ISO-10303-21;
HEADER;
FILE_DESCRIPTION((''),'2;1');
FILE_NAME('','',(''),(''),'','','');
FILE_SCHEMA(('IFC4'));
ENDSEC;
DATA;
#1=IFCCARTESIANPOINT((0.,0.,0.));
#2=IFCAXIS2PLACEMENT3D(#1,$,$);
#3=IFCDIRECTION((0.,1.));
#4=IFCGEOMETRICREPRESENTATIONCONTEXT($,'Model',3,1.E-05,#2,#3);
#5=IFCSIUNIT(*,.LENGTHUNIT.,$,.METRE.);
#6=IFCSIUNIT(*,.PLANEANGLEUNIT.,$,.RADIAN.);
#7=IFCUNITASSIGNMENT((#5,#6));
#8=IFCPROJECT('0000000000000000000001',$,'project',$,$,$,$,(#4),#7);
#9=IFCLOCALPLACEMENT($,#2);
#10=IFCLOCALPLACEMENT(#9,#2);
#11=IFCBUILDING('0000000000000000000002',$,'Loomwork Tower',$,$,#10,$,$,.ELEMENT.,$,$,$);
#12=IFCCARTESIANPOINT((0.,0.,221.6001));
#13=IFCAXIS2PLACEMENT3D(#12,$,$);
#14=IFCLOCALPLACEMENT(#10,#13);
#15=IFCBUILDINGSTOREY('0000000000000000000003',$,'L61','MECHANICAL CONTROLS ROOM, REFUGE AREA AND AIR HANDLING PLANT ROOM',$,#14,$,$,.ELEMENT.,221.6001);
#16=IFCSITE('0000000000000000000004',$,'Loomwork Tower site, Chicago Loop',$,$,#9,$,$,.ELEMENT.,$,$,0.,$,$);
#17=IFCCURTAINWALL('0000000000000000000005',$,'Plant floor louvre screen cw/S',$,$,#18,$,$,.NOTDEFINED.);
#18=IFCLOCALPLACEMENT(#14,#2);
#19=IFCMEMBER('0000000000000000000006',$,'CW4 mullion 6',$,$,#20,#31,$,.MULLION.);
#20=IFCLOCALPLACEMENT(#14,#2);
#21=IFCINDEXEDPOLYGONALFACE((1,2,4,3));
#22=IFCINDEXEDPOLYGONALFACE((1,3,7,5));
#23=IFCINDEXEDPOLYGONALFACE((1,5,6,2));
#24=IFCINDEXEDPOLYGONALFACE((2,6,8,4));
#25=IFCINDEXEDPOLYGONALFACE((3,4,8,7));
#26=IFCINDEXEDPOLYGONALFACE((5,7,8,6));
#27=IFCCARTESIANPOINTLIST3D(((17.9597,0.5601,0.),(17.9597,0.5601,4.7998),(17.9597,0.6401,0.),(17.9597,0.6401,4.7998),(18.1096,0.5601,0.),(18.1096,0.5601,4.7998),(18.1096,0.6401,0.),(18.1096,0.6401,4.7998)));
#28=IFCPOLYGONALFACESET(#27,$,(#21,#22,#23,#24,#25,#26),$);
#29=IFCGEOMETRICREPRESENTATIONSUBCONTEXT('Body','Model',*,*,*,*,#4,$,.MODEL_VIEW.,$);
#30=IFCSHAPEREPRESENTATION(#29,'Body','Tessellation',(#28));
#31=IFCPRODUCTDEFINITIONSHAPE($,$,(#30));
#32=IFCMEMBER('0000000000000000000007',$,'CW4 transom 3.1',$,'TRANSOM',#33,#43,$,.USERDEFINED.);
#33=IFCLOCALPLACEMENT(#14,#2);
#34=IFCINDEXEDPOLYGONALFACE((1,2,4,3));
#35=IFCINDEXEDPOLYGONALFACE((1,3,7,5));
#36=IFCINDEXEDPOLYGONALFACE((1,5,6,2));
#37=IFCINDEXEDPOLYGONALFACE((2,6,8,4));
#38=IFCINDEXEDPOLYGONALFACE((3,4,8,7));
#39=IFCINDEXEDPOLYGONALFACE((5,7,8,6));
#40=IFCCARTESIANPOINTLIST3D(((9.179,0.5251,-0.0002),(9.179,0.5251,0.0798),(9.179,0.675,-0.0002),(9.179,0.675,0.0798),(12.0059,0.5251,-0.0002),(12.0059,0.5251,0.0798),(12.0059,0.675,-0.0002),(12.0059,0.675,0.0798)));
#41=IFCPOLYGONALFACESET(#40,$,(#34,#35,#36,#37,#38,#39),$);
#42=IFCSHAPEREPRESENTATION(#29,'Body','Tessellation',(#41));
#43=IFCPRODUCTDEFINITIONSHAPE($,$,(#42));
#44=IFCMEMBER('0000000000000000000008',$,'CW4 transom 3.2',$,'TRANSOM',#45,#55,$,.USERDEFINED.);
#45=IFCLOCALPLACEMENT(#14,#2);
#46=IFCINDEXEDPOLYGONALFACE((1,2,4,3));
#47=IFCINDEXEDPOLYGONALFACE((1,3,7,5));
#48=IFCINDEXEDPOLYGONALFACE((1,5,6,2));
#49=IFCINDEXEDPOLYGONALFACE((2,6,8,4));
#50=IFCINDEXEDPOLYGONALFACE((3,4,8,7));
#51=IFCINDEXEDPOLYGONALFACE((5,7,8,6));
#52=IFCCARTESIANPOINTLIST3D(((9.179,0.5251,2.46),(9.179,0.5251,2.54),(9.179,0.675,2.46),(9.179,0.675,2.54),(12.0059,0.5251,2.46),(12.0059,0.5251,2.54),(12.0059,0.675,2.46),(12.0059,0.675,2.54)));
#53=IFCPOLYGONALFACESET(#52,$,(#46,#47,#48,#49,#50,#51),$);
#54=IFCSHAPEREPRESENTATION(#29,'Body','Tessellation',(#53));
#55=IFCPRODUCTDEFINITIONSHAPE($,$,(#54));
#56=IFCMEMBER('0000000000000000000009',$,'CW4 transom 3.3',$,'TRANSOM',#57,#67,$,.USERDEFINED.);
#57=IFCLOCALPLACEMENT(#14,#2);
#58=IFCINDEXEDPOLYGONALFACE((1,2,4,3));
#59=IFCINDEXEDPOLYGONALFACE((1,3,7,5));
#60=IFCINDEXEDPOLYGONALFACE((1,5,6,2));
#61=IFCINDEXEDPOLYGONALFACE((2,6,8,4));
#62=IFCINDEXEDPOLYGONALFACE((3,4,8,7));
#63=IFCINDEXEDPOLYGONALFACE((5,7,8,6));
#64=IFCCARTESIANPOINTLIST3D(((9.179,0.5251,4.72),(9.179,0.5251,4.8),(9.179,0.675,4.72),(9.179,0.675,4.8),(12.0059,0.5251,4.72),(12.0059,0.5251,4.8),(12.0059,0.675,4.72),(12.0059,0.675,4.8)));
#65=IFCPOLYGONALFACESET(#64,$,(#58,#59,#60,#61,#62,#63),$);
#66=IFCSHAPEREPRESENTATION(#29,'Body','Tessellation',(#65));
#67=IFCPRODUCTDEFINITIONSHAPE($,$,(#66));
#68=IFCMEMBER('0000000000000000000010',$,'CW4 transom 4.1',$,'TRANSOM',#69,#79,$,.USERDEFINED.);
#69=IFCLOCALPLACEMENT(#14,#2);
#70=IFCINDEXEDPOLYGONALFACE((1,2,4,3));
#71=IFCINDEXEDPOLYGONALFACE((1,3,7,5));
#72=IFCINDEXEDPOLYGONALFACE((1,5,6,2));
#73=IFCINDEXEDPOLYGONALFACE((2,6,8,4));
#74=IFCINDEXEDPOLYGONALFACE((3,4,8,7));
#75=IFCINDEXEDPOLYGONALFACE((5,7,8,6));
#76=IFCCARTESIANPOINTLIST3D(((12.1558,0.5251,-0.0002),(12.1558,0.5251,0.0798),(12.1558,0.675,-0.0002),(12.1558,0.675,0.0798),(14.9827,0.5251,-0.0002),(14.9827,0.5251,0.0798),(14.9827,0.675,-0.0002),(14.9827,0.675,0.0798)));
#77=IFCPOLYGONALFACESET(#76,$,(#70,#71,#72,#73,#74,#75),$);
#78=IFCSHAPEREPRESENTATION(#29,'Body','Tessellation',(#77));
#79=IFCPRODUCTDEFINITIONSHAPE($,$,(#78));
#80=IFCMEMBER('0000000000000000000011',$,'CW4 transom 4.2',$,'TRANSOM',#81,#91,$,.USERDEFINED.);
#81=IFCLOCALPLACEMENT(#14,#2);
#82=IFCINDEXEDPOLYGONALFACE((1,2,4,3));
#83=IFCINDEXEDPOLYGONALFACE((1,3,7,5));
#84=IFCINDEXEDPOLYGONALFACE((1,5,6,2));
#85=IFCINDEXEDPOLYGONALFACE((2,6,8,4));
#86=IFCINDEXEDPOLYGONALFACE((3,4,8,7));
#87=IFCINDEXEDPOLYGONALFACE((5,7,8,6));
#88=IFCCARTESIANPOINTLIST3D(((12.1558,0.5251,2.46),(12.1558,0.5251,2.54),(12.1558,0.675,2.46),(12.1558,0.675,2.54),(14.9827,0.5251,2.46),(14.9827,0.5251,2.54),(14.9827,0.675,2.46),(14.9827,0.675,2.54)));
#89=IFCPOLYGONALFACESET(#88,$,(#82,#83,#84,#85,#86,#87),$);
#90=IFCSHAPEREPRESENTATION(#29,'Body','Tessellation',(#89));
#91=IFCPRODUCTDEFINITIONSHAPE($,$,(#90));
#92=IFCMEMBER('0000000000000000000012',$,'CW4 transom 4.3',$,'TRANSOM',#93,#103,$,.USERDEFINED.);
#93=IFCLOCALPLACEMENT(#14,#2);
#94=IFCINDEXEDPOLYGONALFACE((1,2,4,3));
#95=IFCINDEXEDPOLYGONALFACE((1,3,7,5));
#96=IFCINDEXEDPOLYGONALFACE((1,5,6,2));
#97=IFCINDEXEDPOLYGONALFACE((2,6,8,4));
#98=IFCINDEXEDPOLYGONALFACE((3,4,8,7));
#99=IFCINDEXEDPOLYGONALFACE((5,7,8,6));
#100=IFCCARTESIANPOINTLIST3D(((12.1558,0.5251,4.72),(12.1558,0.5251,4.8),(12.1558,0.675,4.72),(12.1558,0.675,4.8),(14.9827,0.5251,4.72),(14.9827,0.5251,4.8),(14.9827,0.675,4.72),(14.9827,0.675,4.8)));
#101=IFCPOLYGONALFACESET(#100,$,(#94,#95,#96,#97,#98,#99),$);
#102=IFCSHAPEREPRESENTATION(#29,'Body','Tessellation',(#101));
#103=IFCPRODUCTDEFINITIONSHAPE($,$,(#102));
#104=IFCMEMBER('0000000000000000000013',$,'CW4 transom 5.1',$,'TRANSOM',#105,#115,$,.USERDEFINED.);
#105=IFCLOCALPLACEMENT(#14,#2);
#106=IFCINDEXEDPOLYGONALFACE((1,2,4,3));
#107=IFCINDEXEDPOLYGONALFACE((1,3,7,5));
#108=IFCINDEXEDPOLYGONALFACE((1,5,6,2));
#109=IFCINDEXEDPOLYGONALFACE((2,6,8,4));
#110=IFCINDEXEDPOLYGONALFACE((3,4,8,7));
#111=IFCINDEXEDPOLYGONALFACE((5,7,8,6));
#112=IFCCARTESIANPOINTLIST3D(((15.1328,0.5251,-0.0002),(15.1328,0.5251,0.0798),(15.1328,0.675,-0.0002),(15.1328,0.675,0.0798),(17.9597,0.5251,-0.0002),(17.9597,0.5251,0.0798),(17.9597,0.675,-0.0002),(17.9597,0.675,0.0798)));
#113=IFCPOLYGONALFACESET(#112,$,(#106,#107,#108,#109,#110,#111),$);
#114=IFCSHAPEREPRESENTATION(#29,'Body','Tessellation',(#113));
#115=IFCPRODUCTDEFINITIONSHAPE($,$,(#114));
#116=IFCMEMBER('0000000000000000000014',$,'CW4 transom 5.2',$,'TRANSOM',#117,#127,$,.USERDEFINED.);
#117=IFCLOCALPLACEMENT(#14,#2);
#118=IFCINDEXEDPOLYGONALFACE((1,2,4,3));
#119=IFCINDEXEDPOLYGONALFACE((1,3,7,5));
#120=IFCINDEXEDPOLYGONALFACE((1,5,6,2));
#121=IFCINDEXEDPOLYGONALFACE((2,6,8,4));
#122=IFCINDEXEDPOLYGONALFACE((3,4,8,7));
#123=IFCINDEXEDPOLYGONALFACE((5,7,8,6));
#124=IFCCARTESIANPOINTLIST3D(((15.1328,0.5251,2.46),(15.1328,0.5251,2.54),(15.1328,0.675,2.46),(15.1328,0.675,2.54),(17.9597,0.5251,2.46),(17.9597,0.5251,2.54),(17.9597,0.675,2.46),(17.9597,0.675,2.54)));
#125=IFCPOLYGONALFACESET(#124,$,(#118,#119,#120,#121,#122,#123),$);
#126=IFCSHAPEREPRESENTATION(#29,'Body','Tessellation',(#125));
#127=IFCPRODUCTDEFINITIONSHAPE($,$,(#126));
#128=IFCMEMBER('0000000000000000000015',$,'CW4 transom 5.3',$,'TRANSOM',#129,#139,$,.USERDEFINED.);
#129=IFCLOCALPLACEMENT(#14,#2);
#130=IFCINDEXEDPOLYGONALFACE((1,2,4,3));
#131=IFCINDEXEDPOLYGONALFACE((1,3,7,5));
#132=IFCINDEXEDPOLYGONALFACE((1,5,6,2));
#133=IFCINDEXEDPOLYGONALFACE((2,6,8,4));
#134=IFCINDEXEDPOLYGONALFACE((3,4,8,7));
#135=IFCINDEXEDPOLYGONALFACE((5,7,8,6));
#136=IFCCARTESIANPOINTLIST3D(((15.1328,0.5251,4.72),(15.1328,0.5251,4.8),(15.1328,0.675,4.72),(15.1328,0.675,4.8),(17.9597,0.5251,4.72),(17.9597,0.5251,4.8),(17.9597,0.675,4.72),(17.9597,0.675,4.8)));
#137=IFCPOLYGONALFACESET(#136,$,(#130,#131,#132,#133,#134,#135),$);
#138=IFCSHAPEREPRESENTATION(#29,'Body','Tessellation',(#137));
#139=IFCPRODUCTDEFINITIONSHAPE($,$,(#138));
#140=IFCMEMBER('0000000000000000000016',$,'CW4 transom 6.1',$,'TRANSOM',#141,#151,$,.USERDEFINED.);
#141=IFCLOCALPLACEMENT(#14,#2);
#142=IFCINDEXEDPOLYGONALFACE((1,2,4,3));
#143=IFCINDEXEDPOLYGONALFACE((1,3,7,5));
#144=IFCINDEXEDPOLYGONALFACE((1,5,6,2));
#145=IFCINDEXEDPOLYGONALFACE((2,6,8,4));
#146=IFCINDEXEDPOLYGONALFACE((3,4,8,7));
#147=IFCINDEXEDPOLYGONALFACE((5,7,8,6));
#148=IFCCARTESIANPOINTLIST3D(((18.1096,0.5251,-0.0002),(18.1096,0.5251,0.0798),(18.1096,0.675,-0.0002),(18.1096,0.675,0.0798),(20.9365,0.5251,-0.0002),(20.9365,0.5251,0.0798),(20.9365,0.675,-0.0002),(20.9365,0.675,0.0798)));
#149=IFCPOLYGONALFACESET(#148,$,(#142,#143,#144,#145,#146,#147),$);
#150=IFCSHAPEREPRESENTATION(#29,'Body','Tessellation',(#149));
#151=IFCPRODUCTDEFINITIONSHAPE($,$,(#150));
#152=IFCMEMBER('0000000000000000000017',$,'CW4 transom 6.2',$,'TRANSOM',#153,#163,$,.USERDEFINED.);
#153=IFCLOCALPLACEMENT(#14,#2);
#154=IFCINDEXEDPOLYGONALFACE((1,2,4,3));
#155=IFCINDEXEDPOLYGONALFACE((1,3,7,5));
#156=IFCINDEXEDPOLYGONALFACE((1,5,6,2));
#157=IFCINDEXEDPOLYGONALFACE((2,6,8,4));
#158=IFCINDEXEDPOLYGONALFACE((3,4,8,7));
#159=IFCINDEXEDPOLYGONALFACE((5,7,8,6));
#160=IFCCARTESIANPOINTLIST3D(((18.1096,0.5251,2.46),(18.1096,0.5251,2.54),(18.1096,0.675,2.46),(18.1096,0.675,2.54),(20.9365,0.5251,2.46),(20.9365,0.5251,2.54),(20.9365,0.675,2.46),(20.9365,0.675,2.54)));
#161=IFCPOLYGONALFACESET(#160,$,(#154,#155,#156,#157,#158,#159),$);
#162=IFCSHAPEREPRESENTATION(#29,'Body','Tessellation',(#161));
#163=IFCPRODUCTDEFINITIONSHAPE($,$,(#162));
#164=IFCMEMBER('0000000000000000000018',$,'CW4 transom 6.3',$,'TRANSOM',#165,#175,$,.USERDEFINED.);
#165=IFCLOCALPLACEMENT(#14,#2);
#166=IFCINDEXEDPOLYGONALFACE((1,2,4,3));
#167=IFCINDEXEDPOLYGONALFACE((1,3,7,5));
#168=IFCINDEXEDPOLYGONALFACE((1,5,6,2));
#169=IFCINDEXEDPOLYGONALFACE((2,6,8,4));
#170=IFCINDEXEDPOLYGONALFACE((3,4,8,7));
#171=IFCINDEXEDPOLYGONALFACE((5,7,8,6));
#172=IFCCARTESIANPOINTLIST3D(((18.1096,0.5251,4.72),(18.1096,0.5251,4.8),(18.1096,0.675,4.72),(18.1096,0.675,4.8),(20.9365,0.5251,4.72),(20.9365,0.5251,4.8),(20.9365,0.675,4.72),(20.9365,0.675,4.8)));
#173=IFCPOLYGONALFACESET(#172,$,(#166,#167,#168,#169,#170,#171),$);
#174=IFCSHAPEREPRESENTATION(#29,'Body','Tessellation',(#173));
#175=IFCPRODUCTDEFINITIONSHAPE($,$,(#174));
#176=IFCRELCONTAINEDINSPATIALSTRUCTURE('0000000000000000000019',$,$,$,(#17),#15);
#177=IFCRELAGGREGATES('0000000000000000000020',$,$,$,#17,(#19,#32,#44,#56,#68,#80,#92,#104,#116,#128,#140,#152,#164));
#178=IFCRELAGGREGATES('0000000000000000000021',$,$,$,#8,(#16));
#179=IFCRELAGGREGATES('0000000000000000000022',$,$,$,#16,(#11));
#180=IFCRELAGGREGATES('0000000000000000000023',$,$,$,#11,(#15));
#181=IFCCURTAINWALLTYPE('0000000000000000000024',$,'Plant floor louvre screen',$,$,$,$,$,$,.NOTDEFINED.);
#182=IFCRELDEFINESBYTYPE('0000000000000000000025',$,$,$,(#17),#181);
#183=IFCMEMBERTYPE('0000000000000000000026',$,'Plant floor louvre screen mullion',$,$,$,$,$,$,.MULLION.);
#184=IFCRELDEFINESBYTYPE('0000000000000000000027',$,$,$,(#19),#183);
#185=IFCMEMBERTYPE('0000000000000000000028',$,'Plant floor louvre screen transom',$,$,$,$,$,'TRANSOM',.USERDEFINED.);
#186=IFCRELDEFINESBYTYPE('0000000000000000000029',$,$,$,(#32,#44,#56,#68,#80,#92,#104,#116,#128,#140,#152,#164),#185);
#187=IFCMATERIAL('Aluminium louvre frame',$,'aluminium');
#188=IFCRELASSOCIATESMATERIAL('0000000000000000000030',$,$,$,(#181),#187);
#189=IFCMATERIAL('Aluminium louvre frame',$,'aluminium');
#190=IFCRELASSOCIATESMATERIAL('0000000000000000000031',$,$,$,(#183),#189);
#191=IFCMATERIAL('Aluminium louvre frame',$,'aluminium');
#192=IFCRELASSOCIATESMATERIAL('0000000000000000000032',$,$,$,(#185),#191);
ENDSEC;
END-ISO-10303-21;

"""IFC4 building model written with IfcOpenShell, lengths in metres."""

from ifc_helpers import new_model, si_unit, direction, frame, origin, origin_2d, place, context, subcontext, project, spatial, rectangle, extrude, material, material_profile, profile_set, type_object, element, aggregate, save


model = new_model("IFC4")

# Units and contexts
model_context = context("Model", 3, precision=1e-05, world=origin(), true_north=direction((0.0, 1.0)))
body_context = subcontext(model_context, "Body", "Model", "MODEL_VIEW")
ifc_project = project(units=[si_unit("LENGTHUNIT", "METRE"), si_unit("PLANEANGLEUNIT", "RADIAN")], contexts=[model_context])

# Site, building, storey
site_placement = place(None, origin())
site = spatial("IfcSite", under=ifc_project, at=site_placement, Name="Loomwork Tower site, Chicago Loop", CompositionType="ELEMENT", RefElevation=0.0)
building_placement = place(site_placement, origin())
building = spatial("IfcBuilding", under=site, at=building_placement, Name="Loomwork Tower", CompositionType="ELEMENT")
storey_placement = place(building_placement, frame((0.0, 0.0, 221.6001)))
storey = spatial("IfcBuildingStorey", under=building, at=storey_placement, Name="L61", Description="MECHANICAL CONTROLS ROOM, REFUGE AREA AND AIR HANDLING PLANT ROOM", CompositionType="ELEMENT", Elevation=221.6001)

# Curtain wall, members
ifc_material_1 = material(Name="Aluminium louvre frame", Category="aluminium")
curtain_wall_type = type_object("IfcCurtainWallType", Name="Plant floor louvre screen", PredefinedType="NOTDEFINED", material=ifc_material_1)
curtain_wall_placement = place(storey_placement, origin())
curtain_wall = element("IfcCurtainWall", 1, at=curtain_wall_placement, inside=storey, type_object=curtain_wall_type, Name="Plant floor louvre screen cw/S", PredefinedType="NOTDEFINED")
ifc_material_2 = material(Name="Aluminium louvre frame", Category="aluminium")
ifc_material_profile_1 = material_profile(ifc_material_2, rectangle(XDim=0.0801, YDim=0.1499, at=origin_2d()), Name="AL 80x150")
ifc_profile_set_1 = profile_set([ifc_material_profile_1], Name="Aluminium louvre frame")
member_type_1 = type_object("IfcMemberType", Name="Plant floor louvre screen mullion", PredefinedType="MULLION", material=ifc_profile_set_1)
member_1_placement = place(storey_placement, frame((18.0347, 0.6001, 0.0), z_axis=(0.0, 0.0, 1.0), x_axis=(0.0, 1.0, 0.0)))
member_1 = element("IfcMember", 2, at=member_1_placement, type_object=member_type_1, Name="CW4 mullion 6", PredefinedType="MULLION", context=body_context, shape_type="SweptSolid", body=[
    extrude(rectangle(XDim=0.0801, YDim=0.1499, at=origin_2d()), origin(), (0.0, 0.0, 1.0), 4.7998),
])
ifc_material_3 = material(Name="Aluminium louvre frame", Category="aluminium")
ifc_material_profile_2 = material_profile(ifc_material_3, rectangle(XDim=0.1499, YDim=0.0801, at=origin_2d()), Name="AL 80x150")
ifc_profile_set_2 = profile_set([ifc_material_profile_2], Name="Aluminium louvre frame")
member_type_2 = type_object("IfcMemberType", Name="Plant floor louvre screen transom", ElementType="TRANSOM", PredefinedType="USERDEFINED", material=ifc_profile_set_2)
member_2_placement = place(storey_placement, frame((9.179, 0.6001, 0.0398), z_axis=(1.0, 0.0, 0.0), x_axis=(0.0, 1.0, 0.0)))
member_2 = element("IfcMember", 3, at=member_2_placement, type_object=member_type_2, Name="CW4 transom 3.1", ObjectType="TRANSOM", PredefinedType="USERDEFINED", context=body_context, shape_type="SweptSolid", body=[
    extrude(rectangle(XDim=0.1499, YDim=0.0801, at=origin_2d()), origin(), (0.0, 0.0, 1.0), 2.8269),
])
member_3_placement = place(storey_placement, frame((9.179, 0.6001, 2.5), z_axis=(1.0, 0.0, 0.0), x_axis=(0.0, 1.0, 0.0)))
member_3 = element("IfcMember", 4, at=member_3_placement, type_object=member_type_2, Name="CW4 transom 3.2", ObjectType="TRANSOM", PredefinedType="USERDEFINED", context=body_context, shape_type="SweptSolid", body=[
    extrude(rectangle(XDim=0.1499, YDim=0.0801, at=origin_2d()), origin(), (0.0, 0.0, 1.0), 2.8269),
])
member_4_placement = place(storey_placement, frame((9.179, 0.6001, 4.76), z_axis=(1.0, 0.0, 0.0), x_axis=(0.0, 1.0, 0.0)))
member_4 = element("IfcMember", 5, at=member_4_placement, type_object=member_type_2, Name="CW4 transom 3.3", ObjectType="TRANSOM", PredefinedType="USERDEFINED", context=body_context, shape_type="SweptSolid", body=[
    extrude(rectangle(XDim=0.1499, YDim=0.0801, at=origin_2d()), origin(), (0.0, 0.0, 1.0), 2.8269),
])
member_5_placement = place(storey_placement, frame((12.1558, 0.6001, 0.0398), z_axis=(1.0, 0.0, 0.0), x_axis=(0.0, 1.0, 0.0)))
member_5 = element("IfcMember", 6, at=member_5_placement, type_object=member_type_2, Name="CW4 transom 4.1", ObjectType="TRANSOM", PredefinedType="USERDEFINED", context=body_context, shape_type="SweptSolid", body=[
    extrude(rectangle(XDim=0.1499, YDim=0.0801, at=origin_2d()), origin(), (0.0, 0.0, 1.0), 2.8269),
])
member_6_placement = place(storey_placement, frame((12.1558, 0.6001, 2.5), z_axis=(1.0, 0.0, 0.0), x_axis=(0.0, 1.0, 0.0)))
member_6 = element("IfcMember", 7, at=member_6_placement, type_object=member_type_2, Name="CW4 transom 4.2", ObjectType="TRANSOM", PredefinedType="USERDEFINED", context=body_context, shape_type="SweptSolid", body=[
    extrude(rectangle(XDim=0.1499, YDim=0.0801, at=origin_2d()), origin(), (0.0, 0.0, 1.0), 2.8269),
])
member_7_placement = place(storey_placement, frame((12.1558, 0.6001, 4.76), z_axis=(1.0, 0.0, 0.0), x_axis=(0.0, 1.0, 0.0)))
member_7 = element("IfcMember", 8, at=member_7_placement, type_object=member_type_2, Name="CW4 transom 4.3", ObjectType="TRANSOM", PredefinedType="USERDEFINED", context=body_context, shape_type="SweptSolid", body=[
    extrude(rectangle(XDim=0.1499, YDim=0.0801, at=origin_2d()), origin(), (0.0, 0.0, 1.0), 2.8269),
])
member_8_placement = place(storey_placement, frame((15.1328, 0.6001, 0.0398), z_axis=(1.0, 0.0, 0.0), x_axis=(0.0, 1.0, 0.0)))
member_8 = element("IfcMember", 9, at=member_8_placement, type_object=member_type_2, Name="CW4 transom 5.1", ObjectType="TRANSOM", PredefinedType="USERDEFINED", context=body_context, shape_type="SweptSolid", body=[
    extrude(rectangle(XDim=0.1499, YDim=0.0801, at=origin_2d()), origin(), (0.0, 0.0, 1.0), 2.8269),
])
member_9_placement = place(storey_placement, frame((15.1328, 0.6001, 2.5), z_axis=(1.0, 0.0, 0.0), x_axis=(0.0, 1.0, 0.0)))
member_9 = element("IfcMember", 10, at=member_9_placement, type_object=member_type_2, Name="CW4 transom 5.2", ObjectType="TRANSOM", PredefinedType="USERDEFINED", context=body_context, shape_type="SweptSolid", body=[
    extrude(rectangle(XDim=0.1499, YDim=0.0801, at=origin_2d()), origin(), (0.0, 0.0, 1.0), 2.8269),
])
member_10_placement = place(storey_placement, frame((15.1328, 0.6001, 4.76), z_axis=(1.0, 0.0, 0.0), x_axis=(0.0, 1.0, 0.0)))
member_10 = element("IfcMember", 11, at=member_10_placement, type_object=member_type_2, Name="CW4 transom 5.3", ObjectType="TRANSOM", PredefinedType="USERDEFINED", context=body_context, shape_type="SweptSolid", body=[
    extrude(rectangle(XDim=0.1499, YDim=0.0801, at=origin_2d()), origin(), (0.0, 0.0, 1.0), 2.8269),
])
member_11_placement = place(storey_placement, frame((18.1096, 0.6001, 0.0398), z_axis=(1.0, 0.0, 0.0), x_axis=(0.0, 1.0, 0.0)))
member_11 = element("IfcMember", 12, at=member_11_placement, type_object=member_type_2, Name="CW4 transom 6.1", ObjectType="TRANSOM", PredefinedType="USERDEFINED", context=body_context, shape_type="SweptSolid", body=[
    extrude(rectangle(XDim=0.1499, YDim=0.0801, at=origin_2d()), origin(), (0.0, 0.0, 1.0), 2.8269),
])
member_12_placement = place(storey_placement, frame((18.1096, 0.6001, 2.5), z_axis=(1.0, 0.0, 0.0), x_axis=(0.0, 1.0, 0.0)))
member_12 = element("IfcMember", 13, at=member_12_placement, type_object=member_type_2, Name="CW4 transom 6.2", ObjectType="TRANSOM", PredefinedType="USERDEFINED", context=body_context, shape_type="SweptSolid", body=[
    extrude(rectangle(XDim=0.1499, YDim=0.0801, at=origin_2d()), origin(), (0.0, 0.0, 1.0), 2.8269),
])
member_13_placement = place(storey_placement, frame((18.1096, 0.6001, 4.76), z_axis=(1.0, 0.0, 0.0), x_axis=(0.0, 1.0, 0.0)))
member_13 = element("IfcMember", 14, at=member_13_placement, type_object=member_type_2, Name="CW4 transom 6.3", ObjectType="TRANSOM", PredefinedType="USERDEFINED", context=body_context, shape_type="SweptSolid", body=[
    extrude(rectangle(XDim=0.1499, YDim=0.0801, at=origin_2d()), origin(), (0.0, 0.0, 1.0), 2.8269),
])

aggregate(curtain_wall, [member_1, member_2, member_3, member_4, member_5, member_6, member_7, member_8, member_9, member_10, member_11, member_12, member_13])

save(model, "model.ifc")
